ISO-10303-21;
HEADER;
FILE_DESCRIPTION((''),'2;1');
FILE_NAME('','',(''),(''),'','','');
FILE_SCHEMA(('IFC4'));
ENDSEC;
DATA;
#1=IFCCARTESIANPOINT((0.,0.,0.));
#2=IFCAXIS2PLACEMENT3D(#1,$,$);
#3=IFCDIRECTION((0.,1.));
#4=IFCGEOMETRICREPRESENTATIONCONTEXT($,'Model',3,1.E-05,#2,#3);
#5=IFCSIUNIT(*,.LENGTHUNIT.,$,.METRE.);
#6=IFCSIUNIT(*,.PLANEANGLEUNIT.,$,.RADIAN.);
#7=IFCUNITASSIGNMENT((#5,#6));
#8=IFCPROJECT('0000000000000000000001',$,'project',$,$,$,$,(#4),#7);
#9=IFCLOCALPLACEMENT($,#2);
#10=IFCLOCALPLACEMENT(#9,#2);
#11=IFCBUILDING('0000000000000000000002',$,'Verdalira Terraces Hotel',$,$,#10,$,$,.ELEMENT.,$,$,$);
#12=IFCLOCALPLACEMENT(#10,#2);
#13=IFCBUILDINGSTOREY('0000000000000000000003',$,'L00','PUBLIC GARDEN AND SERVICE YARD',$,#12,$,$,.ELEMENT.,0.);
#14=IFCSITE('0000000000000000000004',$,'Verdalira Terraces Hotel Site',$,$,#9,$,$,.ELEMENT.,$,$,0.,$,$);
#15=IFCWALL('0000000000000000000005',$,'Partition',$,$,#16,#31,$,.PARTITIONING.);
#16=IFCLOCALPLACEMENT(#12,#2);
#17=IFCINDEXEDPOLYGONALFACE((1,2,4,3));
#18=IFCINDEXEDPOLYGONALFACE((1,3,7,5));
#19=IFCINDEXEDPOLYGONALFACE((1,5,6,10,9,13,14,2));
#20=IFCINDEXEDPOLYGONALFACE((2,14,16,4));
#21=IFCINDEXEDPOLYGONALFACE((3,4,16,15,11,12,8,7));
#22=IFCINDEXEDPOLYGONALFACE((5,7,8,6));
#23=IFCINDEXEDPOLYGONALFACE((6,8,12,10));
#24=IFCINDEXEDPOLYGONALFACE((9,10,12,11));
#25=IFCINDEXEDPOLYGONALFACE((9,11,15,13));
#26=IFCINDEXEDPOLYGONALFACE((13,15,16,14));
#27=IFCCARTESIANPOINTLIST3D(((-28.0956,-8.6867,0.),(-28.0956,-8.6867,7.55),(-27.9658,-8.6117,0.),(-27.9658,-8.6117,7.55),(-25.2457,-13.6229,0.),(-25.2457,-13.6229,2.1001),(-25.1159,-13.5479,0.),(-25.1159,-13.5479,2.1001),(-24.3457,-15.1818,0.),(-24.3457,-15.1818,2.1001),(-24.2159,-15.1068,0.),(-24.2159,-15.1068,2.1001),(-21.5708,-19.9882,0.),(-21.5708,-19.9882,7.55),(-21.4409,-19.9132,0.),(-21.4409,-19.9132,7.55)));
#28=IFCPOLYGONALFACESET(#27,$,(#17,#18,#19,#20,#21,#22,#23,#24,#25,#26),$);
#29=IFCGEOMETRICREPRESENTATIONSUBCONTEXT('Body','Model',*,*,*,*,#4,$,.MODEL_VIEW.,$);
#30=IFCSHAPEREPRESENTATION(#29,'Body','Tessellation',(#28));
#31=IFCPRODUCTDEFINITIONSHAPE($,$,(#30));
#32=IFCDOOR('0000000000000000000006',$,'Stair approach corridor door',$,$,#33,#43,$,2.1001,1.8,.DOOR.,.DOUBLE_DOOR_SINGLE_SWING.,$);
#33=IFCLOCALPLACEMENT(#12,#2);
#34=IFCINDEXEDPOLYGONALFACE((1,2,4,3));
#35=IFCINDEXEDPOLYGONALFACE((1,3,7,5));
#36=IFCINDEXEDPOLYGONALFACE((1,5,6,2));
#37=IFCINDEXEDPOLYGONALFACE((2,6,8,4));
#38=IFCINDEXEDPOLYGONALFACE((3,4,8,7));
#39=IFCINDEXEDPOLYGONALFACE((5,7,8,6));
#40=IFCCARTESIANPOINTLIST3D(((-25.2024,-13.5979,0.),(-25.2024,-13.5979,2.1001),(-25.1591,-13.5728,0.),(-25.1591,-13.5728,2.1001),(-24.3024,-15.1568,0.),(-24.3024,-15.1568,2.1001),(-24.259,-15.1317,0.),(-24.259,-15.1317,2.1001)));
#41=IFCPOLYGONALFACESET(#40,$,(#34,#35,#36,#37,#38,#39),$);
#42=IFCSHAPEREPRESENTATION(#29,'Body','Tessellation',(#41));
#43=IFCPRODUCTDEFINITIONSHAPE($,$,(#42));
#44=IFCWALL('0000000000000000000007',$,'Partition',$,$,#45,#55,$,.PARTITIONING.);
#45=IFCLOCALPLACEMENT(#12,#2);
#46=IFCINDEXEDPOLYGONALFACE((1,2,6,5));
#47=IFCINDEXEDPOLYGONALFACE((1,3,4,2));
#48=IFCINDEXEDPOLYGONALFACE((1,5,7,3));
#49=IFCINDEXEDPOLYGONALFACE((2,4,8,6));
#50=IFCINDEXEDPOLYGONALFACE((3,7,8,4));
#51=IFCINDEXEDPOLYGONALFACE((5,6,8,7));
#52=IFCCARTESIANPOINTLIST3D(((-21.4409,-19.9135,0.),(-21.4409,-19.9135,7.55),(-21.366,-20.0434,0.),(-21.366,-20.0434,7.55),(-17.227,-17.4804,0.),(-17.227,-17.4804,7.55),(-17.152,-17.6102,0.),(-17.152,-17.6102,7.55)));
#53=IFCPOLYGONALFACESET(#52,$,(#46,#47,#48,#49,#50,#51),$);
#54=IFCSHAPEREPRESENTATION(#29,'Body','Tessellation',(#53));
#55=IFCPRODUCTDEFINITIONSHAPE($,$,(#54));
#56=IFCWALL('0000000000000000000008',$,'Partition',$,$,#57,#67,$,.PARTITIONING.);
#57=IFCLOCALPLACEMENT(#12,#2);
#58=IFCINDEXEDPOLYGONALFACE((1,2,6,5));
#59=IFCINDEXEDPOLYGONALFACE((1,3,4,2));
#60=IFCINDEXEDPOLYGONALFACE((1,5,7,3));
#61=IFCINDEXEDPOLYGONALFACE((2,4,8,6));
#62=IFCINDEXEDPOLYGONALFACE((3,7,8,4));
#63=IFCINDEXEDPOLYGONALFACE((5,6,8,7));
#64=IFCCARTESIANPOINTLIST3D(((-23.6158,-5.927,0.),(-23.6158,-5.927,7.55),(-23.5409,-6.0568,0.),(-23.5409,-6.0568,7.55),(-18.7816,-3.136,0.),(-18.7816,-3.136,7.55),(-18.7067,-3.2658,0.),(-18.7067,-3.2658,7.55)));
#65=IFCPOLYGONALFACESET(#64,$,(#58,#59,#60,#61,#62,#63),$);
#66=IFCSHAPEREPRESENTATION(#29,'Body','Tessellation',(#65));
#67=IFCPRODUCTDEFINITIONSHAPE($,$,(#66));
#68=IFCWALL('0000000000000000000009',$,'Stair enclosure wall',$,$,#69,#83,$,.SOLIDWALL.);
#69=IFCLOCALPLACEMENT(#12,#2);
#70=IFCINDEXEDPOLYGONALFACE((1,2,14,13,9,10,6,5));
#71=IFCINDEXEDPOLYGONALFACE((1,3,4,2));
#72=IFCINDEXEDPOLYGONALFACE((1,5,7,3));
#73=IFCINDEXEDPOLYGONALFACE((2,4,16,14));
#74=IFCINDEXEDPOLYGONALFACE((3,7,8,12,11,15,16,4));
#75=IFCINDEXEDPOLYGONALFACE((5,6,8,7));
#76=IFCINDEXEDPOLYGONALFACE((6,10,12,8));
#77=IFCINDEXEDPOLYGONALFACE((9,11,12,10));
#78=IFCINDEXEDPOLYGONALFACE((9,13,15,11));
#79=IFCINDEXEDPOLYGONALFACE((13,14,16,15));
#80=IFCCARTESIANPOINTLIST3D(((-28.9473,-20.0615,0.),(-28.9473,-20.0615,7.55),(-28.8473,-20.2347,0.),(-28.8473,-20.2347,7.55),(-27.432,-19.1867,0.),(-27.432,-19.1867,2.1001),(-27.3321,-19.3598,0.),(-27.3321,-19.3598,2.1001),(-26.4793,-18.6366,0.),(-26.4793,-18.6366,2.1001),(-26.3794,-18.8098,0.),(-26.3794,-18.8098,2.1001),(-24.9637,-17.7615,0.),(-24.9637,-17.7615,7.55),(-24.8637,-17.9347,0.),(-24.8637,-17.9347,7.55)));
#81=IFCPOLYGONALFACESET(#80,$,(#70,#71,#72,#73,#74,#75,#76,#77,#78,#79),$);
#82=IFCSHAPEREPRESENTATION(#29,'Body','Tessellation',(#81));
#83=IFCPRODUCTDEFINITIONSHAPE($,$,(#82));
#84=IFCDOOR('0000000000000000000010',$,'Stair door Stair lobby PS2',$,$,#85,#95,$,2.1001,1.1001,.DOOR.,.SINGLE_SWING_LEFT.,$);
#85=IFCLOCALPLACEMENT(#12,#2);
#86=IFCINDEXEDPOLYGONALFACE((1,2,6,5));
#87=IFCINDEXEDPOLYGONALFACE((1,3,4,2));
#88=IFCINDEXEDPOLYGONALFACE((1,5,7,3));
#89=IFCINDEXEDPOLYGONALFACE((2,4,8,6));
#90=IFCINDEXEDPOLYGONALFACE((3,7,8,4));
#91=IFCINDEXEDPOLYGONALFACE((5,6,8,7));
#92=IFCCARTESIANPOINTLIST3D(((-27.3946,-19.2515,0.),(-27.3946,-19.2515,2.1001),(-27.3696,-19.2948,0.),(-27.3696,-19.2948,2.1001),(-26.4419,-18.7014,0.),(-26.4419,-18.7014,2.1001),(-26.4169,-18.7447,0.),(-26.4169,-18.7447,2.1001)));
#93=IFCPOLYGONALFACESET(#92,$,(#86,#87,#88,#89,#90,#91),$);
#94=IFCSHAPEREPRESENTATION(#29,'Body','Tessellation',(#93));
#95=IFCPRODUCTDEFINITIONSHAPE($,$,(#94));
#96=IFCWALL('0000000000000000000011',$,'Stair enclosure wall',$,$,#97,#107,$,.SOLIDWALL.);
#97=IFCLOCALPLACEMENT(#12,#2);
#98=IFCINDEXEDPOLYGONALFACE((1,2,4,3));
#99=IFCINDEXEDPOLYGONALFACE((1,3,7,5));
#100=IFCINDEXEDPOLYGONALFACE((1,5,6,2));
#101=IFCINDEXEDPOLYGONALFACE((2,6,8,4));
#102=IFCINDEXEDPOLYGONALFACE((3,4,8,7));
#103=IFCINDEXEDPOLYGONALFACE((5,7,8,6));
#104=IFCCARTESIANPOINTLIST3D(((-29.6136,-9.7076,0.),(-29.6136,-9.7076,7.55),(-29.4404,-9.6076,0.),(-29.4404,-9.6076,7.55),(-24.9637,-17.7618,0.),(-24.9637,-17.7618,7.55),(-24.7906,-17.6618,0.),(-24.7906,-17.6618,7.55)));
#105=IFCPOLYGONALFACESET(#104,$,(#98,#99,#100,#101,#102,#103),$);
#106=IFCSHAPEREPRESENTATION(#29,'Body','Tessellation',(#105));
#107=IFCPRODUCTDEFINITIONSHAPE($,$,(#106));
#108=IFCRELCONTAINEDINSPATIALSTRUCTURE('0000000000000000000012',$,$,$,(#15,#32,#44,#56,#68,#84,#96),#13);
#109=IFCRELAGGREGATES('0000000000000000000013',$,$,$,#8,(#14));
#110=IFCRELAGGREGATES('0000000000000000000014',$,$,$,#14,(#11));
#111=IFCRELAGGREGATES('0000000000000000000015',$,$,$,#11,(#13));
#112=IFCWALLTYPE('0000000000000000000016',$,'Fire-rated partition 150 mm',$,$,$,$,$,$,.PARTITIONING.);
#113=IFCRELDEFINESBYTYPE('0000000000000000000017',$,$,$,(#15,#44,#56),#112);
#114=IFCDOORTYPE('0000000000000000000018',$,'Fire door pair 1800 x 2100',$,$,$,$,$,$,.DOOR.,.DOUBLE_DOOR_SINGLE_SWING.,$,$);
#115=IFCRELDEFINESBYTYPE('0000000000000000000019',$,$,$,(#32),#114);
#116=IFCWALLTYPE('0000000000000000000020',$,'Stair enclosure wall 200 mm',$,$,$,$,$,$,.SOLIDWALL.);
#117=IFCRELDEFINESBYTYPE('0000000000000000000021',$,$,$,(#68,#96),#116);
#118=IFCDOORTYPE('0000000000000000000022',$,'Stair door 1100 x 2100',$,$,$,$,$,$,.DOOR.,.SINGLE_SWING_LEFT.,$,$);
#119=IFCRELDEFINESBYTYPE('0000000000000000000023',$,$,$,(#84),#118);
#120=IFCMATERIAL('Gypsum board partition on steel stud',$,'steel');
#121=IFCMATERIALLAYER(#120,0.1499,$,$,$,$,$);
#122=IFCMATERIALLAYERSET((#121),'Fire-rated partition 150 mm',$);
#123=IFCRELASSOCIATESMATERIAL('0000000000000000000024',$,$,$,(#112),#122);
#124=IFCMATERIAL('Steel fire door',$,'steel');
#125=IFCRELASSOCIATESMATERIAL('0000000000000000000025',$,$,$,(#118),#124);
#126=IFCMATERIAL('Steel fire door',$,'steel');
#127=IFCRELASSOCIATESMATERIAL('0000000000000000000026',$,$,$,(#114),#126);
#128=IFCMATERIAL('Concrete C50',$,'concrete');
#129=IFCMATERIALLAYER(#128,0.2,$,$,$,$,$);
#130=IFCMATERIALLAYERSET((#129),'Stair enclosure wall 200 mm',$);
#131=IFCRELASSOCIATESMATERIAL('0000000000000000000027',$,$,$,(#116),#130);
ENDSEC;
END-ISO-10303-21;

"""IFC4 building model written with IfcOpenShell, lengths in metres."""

from ifc_helpers import new_model, si_unit, direction, frame, frame_2d, origin, place, context, subcontext, project, spatial, rectangle, extrude, material, layer, layer_set, type_object, element, fill, save


model = new_model("IFC4")

# Units and contexts
model_context = context("Model", 3, precision=1e-05, world=origin(), true_north=direction((0.0, 1.0)))
body_context = subcontext(model_context, "Body", "Model", "MODEL_VIEW")
ifc_project = project(units=[si_unit("LENGTHUNIT", "METRE"), si_unit("PLANEANGLEUNIT", "RADIAN")], contexts=[model_context])

# Site, building, storey
site_placement = place(None, origin())
site = spatial("IfcSite", under=ifc_project, at=site_placement, Name="Verdalira Terraces Hotel Site", CompositionType="ELEMENT", RefElevation=0.0)
building_placement = place(site_placement, origin())
building = spatial("IfcBuilding", under=site, at=building_placement, Name="Verdalira Terraces Hotel", CompositionType="ELEMENT")
storey_placement = place(building_placement, origin())
storey = spatial("IfcBuildingStorey", under=building, at=storey_placement, Name="L00", Description="PUBLIC GARDEN AND SERVICE YARD", CompositionType="ELEMENT", Elevation=0.0)

# Wall, opening, door
ifc_material_1 = material(Name="Gypsum board partition on steel stud", Category="steel")
ifc_layer_1 = layer(ifc_material_1, 0.1499)
ifc_layer_set_1 = layer_set([ifc_layer_1], Name="Fire-rated partition 150 mm")
wall_type_1 = type_object("IfcWallType", Name="Fire-rated partition 150 mm", PredefinedType="PARTITIONING", material=ifc_layer_set_1)
ifc_material_2 = material(Name="Steel fire door", Category="steel")
door_type_1 = type_object("IfcDoorType", Name="Stair door 1100 x 2100", OperationType="SINGLE_SWING_LEFT", PredefinedType="DOOR", material=ifc_material_2)
wall_1_placement = place(storey_placement, frame((-21.5059, -19.9507, 0.0), z_axis=(0.0, 0.0, 1.0), x_axis=(-0.499998, 0.866026, 0.0)))
wall_1 = element("IfcWall", 1, at=wall_1_placement, inside=storey, type_object=wall_type_1, Name="Partition", PredefinedType="PARTITIONING", context=body_context, shape_type="SweptSolid", body=[
    extrude(rectangle(XDim=13.0498, YDim=0.1499, at=frame_2d((6.5249, 0.0))), origin(), (0.0, 0.0, 1.0), 7.55),
])
opening_1_placement = place(wall_1_placement, frame((5.55, 0.0, 0.0)))
opening_1 = element("IfcOpeningElement", 2, at=opening_1_placement, cuts=wall_1, PredefinedType="OPENING", context=body_context, shape_type="SweptSolid", body=[
    extrude(rectangle(XDim=1.8, YDim=2.1001, at=frame_2d((0.8999, 1.05))), frame((0.0, 0.085, 0.0), z_axis=(0.0, -1.0, 0.0), x_axis=(1.0, 0.0, 0.0)), (0.0, 0.0, 1.0), 0.1699),
])
ifc_material_3 = material(Name="Steel fire door", Category="steel")
door_type_2 = type_object("IfcDoorType", Name="Fire door pair 1800 x 2100", OperationType="DOUBLE_DOOR_SINGLE_SWING", PredefinedType="DOOR", material=ifc_material_3)
door_1_placement = place(opening_1_placement, origin())
door_1 = element("IfcDoor", 3, at=door_1_placement, inside=storey, type_object=door_type_2, Name="Stair approach corridor door", OperationType="DOUBLE_DOOR_SINGLE_SWING", OverallHeight=2.1001, OverallWidth=1.8, PredefinedType="DOOR", context=body_context, shape_type="SweptSolid", body=[
    extrude(rectangle(XDim=1.8, YDim=2.1001, at=frame_2d((0.8999, 1.05))), frame((0.0, 0.0249, 0.0), z_axis=(0.0, -1.0, 0.0), x_axis=(1.0, 0.0, 0.0)), (0.0, 0.0, 1.0), 0.05),
])
fill(opening_1, door_1)

# Walls
wall_2_placement = place(storey_placement, frame((-21.4036, -19.9785, 0.0), z_axis=(0.0, 0.0, 1.0), x_axis=(0.866005, 0.500035, 0.0)))
element("IfcWall", 4, at=wall_2_placement, inside=storey, type_object=wall_type_1, Name="Partition", PredefinedType="PARTITIONING", context=body_context, shape_type="SweptSolid", body=[
    extrude(rectangle(XDim=4.866, YDim=0.1499, at=frame_2d((2.4331, 0.0))), origin(), (0.0, 0.0, 1.0), 7.55),
])
wall_3_placement = place(storey_placement, frame((-18.7441, -3.2009, 0.0), z_axis=(0.0, 0.0, 1.0), x_axis=(-0.866028, -0.499996, 0.0)))
element("IfcWall", 5, at=wall_3_placement, inside=storey, type_object=wall_type_1, Name="Partition", PredefinedType="PARTITIONING", context=body_context, shape_type="SweptSolid", body=[
    extrude(rectangle(XDim=5.582, YDim=0.1499, at=frame_2d((2.791, 0.0))), origin(), (0.0, 0.0, 1.0), 7.55),
])

# Wall, opening, door
ifc_material_4 = material(Name="Concrete C50", Category="concrete")
ifc_layer_2 = layer(ifc_material_4, 0.2)
ifc_layer_set_2 = layer_set([ifc_layer_2], Name="Stair enclosure wall 200 mm")
wall_type_2 = type_object("IfcWallType", Name="Stair enclosure wall 200 mm", PredefinedType="SOLIDWALL", material=ifc_layer_set_2)
wall_4_placement = place(storey_placement, frame((-24.9138, -17.8481, 0.0), z_axis=(0.0, 0.0, 1.0), x_axis=(-0.866017, -0.500015, 0.0)))
wall_4 = element("IfcWall", 6, at=wall_4_placement, inside=storey, type_object=wall_type_2, Name="Stair enclosure wall", PredefinedType="SOLIDWALL", context=body_context, shape_type="SweptSolid", body=[
    extrude(rectangle(XDim=4.5999, YDim=0.2, at=frame_2d((2.2998, 0.0))), origin(), (0.0, 0.0, 1.0), 7.55),
])
opening_2_placement = place(wall_4_placement, frame((1.75, 0.0, 0.0)))
opening_2 = element("IfcOpeningElement", 7, at=opening_2_placement, cuts=wall_4, PredefinedType="OPENING", context=body_context, shape_type="SweptSolid", body=[
    extrude(rectangle(XDim=1.1001, YDim=2.1001, at=frame_2d((0.55, 1.05))), frame((0.0, 0.1099, 0.0), z_axis=(0.0, -1.0, 0.0), x_axis=(1.0, 0.0, 0.0)), (0.0, 0.0, 1.0), 0.22),
])
door_2_placement = place(opening_2_placement, origin())
door_2 = element("IfcDoor", 8, at=door_2_placement, inside=storey, type_object=door_type_1, Name="Stair door Stair lobby PS2", OperationType="SINGLE_SWING_LEFT", OverallHeight=2.1001, OverallWidth=1.1001, PredefinedType="DOOR", context=body_context, shape_type="SweptSolid", body=[
    extrude(rectangle(XDim=1.1001, YDim=2.1001, at=frame_2d((0.55, 1.05))), frame((0.0, 0.0249, 0.0), z_axis=(0.0, -1.0, 0.0), x_axis=(1.0, 0.0, 0.0)), (0.0, 0.0, 1.0), 0.05),
])
fill(opening_2, door_2)

# Wall
wall_5_placement = place(storey_placement, frame((-24.8772, -17.7117, 0.0), z_axis=(0.0, 0.0, 1.0), x_axis=(-0.499985, 0.866034, 0.0)))
element("IfcWall", 9, at=wall_5_placement, inside=storey, type_object=wall_type_2, Name="Stair enclosure wall", PredefinedType="SOLIDWALL", context=body_context, shape_type="SweptSolid", body=[
    extrude(rectangle(XDim=9.3, YDim=0.2, at=frame_2d((4.6499, 0.0))), origin(), (0.0, 0.0, 1.0), 7.55),
])

save(model, "model.ifc")
